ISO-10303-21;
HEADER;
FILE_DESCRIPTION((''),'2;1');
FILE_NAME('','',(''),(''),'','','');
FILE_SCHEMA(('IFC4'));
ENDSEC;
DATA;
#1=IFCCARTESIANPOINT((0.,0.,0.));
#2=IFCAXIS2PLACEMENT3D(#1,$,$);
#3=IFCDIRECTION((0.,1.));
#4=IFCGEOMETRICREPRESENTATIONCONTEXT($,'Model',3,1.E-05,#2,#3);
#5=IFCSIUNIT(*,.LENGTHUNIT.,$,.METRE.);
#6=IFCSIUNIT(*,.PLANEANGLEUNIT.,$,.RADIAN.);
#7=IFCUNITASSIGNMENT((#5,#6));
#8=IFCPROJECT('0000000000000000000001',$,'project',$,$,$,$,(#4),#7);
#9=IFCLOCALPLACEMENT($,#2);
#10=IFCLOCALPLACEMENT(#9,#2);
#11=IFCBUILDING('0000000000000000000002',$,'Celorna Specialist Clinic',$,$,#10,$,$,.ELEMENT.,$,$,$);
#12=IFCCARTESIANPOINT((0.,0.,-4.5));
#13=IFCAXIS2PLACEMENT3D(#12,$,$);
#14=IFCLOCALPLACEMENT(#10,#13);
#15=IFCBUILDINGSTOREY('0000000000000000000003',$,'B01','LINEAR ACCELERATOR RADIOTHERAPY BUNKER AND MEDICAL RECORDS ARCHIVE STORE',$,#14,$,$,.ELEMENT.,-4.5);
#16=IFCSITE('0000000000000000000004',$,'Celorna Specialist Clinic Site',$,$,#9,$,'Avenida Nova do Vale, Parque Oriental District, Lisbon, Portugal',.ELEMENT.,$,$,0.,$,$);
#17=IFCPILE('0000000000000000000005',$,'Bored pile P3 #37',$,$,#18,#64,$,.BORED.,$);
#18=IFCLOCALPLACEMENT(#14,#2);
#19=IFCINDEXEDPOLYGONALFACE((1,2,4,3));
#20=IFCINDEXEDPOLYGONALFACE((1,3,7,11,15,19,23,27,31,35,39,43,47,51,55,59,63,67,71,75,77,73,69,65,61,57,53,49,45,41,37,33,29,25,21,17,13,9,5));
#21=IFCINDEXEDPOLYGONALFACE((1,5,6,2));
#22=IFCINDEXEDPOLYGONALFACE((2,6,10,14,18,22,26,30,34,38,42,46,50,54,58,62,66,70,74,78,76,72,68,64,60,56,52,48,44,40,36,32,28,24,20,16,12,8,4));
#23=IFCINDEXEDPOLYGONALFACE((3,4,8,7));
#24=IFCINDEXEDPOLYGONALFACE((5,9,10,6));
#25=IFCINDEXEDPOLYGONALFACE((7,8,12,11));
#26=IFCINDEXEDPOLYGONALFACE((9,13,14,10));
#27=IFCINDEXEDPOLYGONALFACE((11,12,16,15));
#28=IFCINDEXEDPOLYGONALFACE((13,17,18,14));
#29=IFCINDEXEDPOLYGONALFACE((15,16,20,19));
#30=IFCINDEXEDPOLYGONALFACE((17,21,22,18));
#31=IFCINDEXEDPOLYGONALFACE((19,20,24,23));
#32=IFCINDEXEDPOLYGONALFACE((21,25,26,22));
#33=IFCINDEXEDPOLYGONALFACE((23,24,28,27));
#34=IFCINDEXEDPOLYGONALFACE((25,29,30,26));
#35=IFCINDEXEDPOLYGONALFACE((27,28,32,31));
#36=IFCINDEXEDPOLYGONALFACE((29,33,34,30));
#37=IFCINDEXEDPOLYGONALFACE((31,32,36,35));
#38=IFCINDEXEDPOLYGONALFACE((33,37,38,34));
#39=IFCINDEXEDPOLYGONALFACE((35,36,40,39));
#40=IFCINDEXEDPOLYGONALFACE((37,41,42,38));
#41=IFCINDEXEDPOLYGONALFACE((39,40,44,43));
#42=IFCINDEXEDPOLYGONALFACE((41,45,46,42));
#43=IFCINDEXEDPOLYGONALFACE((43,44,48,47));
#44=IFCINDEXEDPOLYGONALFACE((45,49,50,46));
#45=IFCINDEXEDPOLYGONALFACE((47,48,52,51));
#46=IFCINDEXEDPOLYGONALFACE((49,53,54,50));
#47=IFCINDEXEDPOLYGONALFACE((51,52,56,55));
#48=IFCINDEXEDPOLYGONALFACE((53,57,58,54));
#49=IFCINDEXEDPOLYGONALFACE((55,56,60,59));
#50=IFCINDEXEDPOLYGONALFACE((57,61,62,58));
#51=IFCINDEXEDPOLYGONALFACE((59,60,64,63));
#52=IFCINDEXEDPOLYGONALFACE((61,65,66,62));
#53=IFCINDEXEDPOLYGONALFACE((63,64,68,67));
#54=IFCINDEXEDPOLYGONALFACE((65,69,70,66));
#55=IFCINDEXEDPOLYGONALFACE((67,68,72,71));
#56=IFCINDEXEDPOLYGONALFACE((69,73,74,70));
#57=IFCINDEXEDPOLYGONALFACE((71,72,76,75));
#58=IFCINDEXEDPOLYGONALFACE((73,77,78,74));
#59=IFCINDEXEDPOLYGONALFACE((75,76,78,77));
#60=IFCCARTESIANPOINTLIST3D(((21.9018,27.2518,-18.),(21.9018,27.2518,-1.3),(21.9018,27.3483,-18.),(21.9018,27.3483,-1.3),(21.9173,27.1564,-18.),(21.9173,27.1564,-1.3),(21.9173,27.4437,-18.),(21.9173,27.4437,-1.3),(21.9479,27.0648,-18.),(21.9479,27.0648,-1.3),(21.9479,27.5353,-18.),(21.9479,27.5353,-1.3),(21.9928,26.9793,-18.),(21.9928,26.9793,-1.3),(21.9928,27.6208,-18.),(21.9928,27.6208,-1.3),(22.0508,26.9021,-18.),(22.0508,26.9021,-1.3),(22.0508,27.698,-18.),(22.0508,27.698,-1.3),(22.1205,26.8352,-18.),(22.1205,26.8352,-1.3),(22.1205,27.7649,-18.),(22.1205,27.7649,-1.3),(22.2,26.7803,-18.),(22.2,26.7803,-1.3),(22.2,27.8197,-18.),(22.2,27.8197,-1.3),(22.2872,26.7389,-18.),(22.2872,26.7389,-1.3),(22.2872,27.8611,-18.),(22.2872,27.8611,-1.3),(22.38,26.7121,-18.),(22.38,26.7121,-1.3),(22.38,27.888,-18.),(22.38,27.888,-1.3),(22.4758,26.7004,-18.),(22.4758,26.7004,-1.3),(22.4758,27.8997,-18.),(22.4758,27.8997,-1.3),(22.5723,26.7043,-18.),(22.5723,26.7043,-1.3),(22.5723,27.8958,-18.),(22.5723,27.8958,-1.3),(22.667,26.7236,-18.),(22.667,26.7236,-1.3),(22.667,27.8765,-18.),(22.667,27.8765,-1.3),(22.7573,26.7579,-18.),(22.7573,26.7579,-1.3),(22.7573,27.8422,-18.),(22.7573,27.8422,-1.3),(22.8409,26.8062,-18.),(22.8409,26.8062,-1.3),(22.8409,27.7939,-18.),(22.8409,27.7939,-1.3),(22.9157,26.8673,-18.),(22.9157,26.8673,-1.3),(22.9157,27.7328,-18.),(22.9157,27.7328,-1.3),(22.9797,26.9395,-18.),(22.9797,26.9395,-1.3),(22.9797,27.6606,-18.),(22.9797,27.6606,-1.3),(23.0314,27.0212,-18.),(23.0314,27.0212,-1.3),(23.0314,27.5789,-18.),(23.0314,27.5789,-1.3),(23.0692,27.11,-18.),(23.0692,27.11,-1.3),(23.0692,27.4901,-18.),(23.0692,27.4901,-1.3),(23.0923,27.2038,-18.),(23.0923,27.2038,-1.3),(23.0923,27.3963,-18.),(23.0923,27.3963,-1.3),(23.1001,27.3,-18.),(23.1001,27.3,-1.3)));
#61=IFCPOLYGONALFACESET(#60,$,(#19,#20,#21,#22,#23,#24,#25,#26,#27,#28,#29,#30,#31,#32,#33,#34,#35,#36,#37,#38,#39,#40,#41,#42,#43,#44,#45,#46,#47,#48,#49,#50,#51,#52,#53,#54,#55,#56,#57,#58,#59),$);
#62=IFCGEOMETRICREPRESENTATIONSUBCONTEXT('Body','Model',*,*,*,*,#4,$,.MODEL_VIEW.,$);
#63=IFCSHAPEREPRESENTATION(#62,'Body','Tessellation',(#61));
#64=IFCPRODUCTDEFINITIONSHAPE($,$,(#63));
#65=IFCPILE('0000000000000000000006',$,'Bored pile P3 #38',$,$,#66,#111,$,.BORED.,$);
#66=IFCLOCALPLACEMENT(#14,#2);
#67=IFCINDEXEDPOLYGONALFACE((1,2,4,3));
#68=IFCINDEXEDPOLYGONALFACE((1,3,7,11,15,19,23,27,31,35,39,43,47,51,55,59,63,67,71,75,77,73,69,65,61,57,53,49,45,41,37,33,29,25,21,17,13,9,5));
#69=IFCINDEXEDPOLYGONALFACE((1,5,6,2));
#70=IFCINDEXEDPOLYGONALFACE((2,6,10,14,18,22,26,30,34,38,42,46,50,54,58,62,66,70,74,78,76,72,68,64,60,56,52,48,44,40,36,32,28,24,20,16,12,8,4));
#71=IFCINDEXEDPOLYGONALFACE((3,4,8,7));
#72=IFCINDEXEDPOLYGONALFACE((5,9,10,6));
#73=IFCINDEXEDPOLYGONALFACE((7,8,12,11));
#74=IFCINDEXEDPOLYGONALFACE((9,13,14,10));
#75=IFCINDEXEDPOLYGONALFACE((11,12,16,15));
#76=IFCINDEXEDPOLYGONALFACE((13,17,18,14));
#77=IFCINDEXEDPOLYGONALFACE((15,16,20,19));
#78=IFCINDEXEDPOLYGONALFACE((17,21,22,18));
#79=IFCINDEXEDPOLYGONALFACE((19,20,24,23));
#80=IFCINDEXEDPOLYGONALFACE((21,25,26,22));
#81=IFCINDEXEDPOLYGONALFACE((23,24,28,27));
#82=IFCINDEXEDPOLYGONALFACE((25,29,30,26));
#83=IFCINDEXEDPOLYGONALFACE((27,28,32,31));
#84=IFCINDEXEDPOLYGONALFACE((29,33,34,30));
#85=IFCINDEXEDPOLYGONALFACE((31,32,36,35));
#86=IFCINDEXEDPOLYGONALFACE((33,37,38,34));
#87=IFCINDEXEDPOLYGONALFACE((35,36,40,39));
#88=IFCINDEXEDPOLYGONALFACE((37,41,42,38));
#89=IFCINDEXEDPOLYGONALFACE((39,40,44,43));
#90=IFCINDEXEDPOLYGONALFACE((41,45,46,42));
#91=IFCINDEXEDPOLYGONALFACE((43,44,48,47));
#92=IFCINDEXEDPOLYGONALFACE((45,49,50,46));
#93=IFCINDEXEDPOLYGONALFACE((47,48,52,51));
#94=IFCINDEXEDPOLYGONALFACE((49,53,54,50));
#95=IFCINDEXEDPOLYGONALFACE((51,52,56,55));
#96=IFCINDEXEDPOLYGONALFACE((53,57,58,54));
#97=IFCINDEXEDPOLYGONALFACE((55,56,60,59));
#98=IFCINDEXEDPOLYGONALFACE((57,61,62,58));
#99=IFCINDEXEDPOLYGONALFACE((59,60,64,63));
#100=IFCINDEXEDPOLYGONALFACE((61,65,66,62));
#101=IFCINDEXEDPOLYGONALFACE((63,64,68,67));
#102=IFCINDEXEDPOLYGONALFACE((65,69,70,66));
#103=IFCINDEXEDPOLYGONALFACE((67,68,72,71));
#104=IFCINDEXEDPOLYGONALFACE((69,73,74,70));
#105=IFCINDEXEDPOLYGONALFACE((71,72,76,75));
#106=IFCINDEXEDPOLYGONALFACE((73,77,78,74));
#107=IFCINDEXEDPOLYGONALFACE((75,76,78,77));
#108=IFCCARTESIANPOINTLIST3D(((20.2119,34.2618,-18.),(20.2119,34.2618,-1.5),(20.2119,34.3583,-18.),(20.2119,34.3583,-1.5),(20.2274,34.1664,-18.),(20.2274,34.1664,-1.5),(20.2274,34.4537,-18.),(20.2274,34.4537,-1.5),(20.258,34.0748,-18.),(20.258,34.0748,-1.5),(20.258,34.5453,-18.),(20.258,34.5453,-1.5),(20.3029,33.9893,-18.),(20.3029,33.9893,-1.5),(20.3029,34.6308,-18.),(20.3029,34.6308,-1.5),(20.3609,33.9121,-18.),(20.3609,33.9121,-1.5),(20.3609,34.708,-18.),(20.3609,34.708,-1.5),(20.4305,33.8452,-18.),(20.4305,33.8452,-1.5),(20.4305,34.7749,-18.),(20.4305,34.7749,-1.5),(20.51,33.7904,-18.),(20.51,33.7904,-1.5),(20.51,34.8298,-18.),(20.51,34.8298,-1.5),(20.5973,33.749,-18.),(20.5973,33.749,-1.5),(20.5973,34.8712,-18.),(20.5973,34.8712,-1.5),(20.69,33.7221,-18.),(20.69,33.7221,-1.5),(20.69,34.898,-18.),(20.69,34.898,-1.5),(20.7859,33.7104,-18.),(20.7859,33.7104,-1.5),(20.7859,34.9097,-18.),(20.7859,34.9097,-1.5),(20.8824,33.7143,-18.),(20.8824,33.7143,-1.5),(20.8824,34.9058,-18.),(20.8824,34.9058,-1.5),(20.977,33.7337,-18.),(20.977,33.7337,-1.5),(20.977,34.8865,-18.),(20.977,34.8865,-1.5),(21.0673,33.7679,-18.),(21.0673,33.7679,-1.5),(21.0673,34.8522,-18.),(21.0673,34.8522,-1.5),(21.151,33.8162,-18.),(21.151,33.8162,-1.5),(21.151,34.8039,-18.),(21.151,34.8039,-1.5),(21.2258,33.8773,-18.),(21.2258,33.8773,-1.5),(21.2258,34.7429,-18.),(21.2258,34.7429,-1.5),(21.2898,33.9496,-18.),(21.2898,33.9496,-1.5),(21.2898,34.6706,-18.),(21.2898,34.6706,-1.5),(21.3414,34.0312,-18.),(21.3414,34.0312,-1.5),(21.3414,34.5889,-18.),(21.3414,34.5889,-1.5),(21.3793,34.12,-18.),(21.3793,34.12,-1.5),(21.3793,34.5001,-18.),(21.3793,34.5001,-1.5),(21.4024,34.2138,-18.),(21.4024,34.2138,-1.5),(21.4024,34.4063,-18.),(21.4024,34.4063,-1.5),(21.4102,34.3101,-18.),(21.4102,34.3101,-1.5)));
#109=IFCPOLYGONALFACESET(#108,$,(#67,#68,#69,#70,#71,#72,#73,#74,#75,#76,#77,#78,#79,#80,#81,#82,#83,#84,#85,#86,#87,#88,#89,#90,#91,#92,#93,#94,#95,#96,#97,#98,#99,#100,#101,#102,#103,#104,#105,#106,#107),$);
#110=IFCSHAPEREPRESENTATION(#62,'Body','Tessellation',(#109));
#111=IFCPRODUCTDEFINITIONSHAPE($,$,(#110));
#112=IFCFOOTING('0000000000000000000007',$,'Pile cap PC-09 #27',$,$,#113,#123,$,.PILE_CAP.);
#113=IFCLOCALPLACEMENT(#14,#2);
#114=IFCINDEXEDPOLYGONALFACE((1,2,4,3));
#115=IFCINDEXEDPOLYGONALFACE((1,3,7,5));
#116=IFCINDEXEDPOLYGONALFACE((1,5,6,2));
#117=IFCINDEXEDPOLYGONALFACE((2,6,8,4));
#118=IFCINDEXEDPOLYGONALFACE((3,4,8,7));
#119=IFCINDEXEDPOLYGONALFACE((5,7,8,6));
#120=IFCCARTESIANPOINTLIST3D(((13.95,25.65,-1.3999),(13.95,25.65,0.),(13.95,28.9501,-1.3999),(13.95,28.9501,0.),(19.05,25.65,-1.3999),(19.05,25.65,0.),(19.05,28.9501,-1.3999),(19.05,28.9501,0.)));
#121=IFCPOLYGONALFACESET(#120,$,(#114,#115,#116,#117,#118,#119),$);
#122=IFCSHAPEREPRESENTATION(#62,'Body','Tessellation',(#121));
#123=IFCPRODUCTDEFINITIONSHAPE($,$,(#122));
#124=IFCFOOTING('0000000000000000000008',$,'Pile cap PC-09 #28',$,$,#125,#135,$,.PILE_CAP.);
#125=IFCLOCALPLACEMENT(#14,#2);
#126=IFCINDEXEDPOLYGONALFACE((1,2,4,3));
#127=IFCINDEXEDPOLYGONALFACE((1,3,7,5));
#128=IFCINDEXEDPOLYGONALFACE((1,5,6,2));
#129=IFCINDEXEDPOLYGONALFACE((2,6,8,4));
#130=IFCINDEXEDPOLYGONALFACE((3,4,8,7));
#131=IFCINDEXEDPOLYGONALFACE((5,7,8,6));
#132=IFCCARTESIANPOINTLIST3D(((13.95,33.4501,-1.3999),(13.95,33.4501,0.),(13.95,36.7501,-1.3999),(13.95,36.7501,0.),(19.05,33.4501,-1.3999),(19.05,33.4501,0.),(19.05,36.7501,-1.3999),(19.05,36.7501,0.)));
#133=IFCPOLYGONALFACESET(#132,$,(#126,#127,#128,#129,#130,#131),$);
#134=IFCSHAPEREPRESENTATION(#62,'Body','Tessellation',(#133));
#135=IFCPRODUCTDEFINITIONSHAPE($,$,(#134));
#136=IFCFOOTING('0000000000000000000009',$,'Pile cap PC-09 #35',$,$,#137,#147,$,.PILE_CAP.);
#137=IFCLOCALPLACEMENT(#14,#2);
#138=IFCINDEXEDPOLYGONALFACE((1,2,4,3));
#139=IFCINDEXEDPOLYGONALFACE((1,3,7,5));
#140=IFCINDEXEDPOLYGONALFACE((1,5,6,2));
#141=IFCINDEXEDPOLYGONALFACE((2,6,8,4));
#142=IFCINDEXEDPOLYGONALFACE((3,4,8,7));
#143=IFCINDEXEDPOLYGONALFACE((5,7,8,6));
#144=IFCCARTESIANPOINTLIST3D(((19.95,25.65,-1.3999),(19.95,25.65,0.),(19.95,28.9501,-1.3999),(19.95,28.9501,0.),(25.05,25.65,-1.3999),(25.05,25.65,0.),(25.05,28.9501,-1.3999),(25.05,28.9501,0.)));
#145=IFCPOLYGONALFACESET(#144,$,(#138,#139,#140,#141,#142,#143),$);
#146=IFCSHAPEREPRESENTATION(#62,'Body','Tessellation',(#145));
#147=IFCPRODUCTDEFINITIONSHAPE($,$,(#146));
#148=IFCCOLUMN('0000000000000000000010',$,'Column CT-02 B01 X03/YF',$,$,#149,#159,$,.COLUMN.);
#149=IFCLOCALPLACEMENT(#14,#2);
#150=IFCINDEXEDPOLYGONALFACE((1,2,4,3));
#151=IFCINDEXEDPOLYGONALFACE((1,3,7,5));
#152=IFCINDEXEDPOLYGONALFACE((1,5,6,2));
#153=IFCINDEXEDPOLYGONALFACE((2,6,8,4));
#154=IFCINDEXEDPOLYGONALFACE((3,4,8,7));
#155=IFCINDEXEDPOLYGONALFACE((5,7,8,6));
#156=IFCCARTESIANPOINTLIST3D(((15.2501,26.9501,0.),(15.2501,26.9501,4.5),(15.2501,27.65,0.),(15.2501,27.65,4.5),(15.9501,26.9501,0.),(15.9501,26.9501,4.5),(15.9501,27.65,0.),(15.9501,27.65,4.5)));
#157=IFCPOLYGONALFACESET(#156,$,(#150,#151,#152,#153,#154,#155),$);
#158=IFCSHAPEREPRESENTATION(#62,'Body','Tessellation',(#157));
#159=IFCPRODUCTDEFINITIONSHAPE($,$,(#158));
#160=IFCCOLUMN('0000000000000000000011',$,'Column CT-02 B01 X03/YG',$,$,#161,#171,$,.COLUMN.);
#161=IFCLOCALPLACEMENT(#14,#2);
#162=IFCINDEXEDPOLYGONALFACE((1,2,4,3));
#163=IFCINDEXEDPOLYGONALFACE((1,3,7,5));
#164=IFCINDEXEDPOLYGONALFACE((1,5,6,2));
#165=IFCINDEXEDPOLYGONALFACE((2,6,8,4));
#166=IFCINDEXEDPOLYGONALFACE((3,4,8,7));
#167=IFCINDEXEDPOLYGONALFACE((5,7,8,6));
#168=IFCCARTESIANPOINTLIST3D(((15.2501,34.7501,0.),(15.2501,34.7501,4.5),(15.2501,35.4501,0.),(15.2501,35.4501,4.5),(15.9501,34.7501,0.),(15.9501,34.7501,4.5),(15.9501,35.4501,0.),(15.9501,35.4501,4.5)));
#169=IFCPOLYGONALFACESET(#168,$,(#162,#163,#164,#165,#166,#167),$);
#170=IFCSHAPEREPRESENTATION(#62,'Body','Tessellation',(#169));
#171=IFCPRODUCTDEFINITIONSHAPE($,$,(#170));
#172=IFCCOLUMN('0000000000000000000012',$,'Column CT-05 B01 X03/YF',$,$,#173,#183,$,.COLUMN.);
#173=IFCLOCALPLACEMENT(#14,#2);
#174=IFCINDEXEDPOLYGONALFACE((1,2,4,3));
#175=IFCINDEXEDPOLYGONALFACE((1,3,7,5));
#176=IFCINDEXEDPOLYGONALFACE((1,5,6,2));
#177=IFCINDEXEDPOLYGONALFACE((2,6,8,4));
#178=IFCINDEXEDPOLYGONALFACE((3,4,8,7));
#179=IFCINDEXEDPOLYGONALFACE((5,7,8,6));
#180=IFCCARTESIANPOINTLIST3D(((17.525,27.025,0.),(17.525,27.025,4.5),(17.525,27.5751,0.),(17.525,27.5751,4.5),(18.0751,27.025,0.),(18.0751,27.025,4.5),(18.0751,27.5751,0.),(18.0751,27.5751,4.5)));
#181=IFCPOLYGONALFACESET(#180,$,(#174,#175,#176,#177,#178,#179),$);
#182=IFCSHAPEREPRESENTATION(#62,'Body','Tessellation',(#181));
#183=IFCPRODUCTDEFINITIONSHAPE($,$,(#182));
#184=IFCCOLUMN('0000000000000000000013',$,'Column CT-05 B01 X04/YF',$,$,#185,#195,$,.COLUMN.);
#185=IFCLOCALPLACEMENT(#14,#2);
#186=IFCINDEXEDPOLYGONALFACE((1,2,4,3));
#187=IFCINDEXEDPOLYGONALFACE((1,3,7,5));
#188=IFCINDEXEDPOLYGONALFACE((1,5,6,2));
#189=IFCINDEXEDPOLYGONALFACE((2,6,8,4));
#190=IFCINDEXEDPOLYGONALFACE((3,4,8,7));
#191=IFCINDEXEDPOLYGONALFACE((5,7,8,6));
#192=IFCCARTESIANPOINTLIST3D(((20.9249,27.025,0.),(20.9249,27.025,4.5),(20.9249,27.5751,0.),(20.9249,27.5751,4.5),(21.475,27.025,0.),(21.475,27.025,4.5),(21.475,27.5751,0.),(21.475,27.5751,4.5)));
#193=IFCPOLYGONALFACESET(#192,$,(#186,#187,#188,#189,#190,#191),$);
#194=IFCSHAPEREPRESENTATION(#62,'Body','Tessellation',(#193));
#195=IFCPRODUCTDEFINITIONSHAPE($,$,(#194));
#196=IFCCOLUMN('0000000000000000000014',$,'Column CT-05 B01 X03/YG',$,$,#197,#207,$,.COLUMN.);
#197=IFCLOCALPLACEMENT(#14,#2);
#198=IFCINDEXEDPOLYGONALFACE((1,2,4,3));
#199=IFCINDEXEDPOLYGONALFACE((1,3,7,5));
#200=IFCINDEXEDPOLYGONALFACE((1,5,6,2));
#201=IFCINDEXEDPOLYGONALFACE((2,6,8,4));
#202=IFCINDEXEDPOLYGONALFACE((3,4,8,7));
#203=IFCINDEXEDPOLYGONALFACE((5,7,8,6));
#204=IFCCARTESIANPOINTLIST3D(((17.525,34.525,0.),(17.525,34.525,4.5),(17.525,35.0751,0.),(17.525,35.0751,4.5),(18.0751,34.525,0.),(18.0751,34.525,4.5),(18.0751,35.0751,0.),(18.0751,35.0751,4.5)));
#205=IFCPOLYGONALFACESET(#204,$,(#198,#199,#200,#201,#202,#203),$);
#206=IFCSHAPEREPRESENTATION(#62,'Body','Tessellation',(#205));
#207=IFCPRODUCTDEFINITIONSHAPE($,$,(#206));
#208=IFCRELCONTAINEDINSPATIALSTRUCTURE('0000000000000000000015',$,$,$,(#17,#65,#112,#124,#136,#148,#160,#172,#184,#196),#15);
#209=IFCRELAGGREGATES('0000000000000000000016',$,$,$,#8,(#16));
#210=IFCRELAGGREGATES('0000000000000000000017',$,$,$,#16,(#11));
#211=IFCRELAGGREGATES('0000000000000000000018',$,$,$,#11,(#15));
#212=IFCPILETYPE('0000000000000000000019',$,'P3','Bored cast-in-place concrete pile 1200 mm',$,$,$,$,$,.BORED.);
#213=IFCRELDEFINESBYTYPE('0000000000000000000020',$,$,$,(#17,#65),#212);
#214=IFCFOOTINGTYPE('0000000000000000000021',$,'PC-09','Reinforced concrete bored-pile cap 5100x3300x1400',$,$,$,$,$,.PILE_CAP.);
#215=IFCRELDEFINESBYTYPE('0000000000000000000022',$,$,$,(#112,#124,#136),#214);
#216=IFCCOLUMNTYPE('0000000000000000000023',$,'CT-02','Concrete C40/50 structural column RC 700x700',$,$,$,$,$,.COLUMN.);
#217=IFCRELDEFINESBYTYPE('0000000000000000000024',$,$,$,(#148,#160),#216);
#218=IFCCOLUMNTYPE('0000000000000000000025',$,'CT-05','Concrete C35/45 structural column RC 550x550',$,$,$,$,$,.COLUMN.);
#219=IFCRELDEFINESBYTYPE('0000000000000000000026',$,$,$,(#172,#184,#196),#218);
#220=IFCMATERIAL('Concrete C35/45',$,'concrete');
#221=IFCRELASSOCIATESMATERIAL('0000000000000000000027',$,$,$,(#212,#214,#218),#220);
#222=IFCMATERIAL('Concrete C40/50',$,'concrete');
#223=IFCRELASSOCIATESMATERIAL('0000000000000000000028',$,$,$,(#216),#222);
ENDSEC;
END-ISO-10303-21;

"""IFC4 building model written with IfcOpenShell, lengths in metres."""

from ifc_helpers import new_model, si_unit, direction, frame, origin, origin_2d, place, context, subcontext, project, spatial, rectangle, circle, extrude, material, material_profile, profile_set, type_object, element, save


model = new_model("IFC4")

# Units and contexts
model_context = context("Model", 3, precision=1e-05, world=origin(), true_north=direction((0.0, 1.0)))
body_context = subcontext(model_context, "Body", "Model", "MODEL_VIEW")
ifc_project = project(units=[si_unit("LENGTHUNIT", "METRE"), si_unit("PLANEANGLEUNIT", "RADIAN")], contexts=[model_context])

# Site, building, storey
site_placement = place(None, origin())
site = spatial("IfcSite", under=ifc_project, at=site_placement, Name="Celorna Specialist Clinic Site", LongName="Avenida Nova do Vale, Parque Oriental District, Lisbon, Portugal", CompositionType="ELEMENT", RefElevation=0.0)
building_placement = place(site_placement, origin())
building = spatial("IfcBuilding", under=site, at=building_placement, Name="Celorna Specialist Clinic", CompositionType="ELEMENT")
storey_placement = place(building_placement, frame((0.0, 0.0, -4.5)))
storey = spatial("IfcBuildingStorey", under=building, at=storey_placement, Name="B01", Description="LINEAR ACCELERATOR RADIOTHERAPY BUNKER AND MEDICAL RECORDS ARCHIVE STORE", CompositionType="ELEMENT", Elevation=-4.5)

# Shared definitions
ifc_material_1 = material(Name="Concrete C35/45", Category="concrete")

# Piles
ifc_material_profile_1 = material_profile(ifc_material_1, circle(Radius=0.6001, at=origin_2d()), Name="BORED PILE 1200")
ifc_profile_set_1 = profile_set([ifc_material_profile_1], Name="Concrete C35/45")
pile_type_1 = type_object("IfcPileType", Name="P3", Description="Bored cast-in-place concrete pile 1200 mm", PredefinedType="BORED", material=ifc_profile_set_1)
for number, where, z_axis, x_axis, name in (
    (1, (22.5, 27.3, -1.3), (0.0, 0.0, -1.0), (1.0, 0.0, 0.0), "Bored pile P3 #37"),
):
    element("IfcPile", number, at=place(storey_placement, frame(where, z_axis=z_axis, x_axis=x_axis)), inside=storey, type_object=pile_type_1, Name=name, PredefinedType="BORED", context=body_context, shape_type="SweptSolid", body=[
        extrude(circle(Radius=0.6001, at=origin_2d()), origin(), (0.0, 0.0, 1.0), 16.7),
    ])
pile_1_placement = place(storey_placement, frame((20.8101, 34.3101, -1.5), z_axis=(0.0, 0.0, -1.0), x_axis=(1.0, 0.0, 0.0)))
element("IfcPile", 2, at=pile_1_placement, inside=storey, type_object=pile_type_1, Name="Bored pile P3 #38", PredefinedType="BORED", context=body_context, shape_type="SweptSolid", body=[
    extrude(circle(Radius=0.6001, at=origin_2d()), origin(), (0.0, 0.0, 1.0), 16.5),
])

# Footings
footing_type_1 = type_object("IfcFootingType", Name="PC-09", Description="Reinforced concrete bored-pile cap 5100x3300x1400", PredefinedType="PILE_CAP", material=ifc_material_1)
for number, where, z_axis, x_axis, name in (
    (3, (16.5, 27.3, -1.3999), (0.0, 0.0, 1.0), (1.0, 0.0, 0.0), "Pile cap PC-09 #27"),
    (4, (16.5, 35.1001, -1.3999), (0.0, 0.0, 1.0), (1.0, 0.0, 0.0), "Pile cap PC-09 #28"),
    (5, (22.5, 27.3, -1.3999), (0.0, 0.0, 1.0), (1.0, 0.0, 0.0), "Pile cap PC-09 #35"),
):
    element("IfcFooting", number, at=place(storey_placement, frame(where, z_axis=z_axis, x_axis=x_axis)), inside=storey, type_object=footing_type_1, Name=name, PredefinedType="PILE_CAP", context=body_context, shape_type="SweptSolid", body=[
        extrude(rectangle(XDim=5.1001, YDim=3.3, at=origin_2d()), origin(), (0.0, 0.0, 1.0), 1.3999),
    ])

# Columns
ifc_material_2 = material(Name="Concrete C40/50", Category="concrete")
ifc_material_profile_2 = material_profile(ifc_material_2, rectangle(XDim=0.7, YDim=0.7, at=origin_2d()), Name="RC 700x700")
ifc_profile_set_2 = profile_set([ifc_material_profile_2], Name="Concrete C40/50")
column_type_1 = type_object("IfcColumnType", Name="CT-02", Description="Concrete C40/50 structural column RC 700x700", PredefinedType="COLUMN", material=ifc_profile_set_2)
for number, where, z_axis, x_axis, name in (
    (6, (15.6001, 27.3, 0.0), (0.0, 0.0, 1.0), (1.0, 0.0, 0.0), "Column CT-02 B01 X03/YF"),
    (7, (15.6001, 35.1001, 0.0), (0.0, 0.0, 1.0), (1.0, 0.0, 0.0), "Column CT-02 B01 X03/YG"),
):
    element("IfcColumn", number, at=place(storey_placement, frame(where, z_axis=z_axis, x_axis=x_axis)), inside=storey, type_object=column_type_1, Name=name, PredefinedType="COLUMN", context=body_context, shape_type="SweptSolid", body=[
        extrude(rectangle(XDim=0.7, YDim=0.7, at=origin_2d()), origin(), (0.0, 0.0, 1.0), 4.5),
    ])
ifc_material_profile_3 = material_profile(ifc_material_1, rectangle(XDim=0.55, YDim=0.55, at=origin_2d()), Name="RC 550x550")
ifc_profile_set_3 = profile_set([ifc_material_profile_3], Name="Concrete C35/45")
column_type_2 = type_object("IfcColumnType", Name="CT-05", Description="Concrete C35/45 structural column RC 550x550", PredefinedType="COLUMN", material=ifc_profile_set_3)
for number, where, z_axis, x_axis, name in (
    (8, (17.8, 27.3, 0.0), (0.0, 0.0, 1.0), (1.0, 0.0, 0.0), "Column CT-05 B01 X03/YF"),
    (9, (21.2, 27.3, 0.0), (0.0, 0.0, 1.0), (1.0, 0.0, 0.0), "Column CT-05 B01 X04/YF"),
    (10, (17.8, 34.8, 0.0), (0.0, 0.0, 1.0), (1.0, 0.0, 0.0), "Column CT-05 B01 X03/YG"),
):
    element("IfcColumn", number, at=place(storey_placement, frame(where, z_axis=z_axis, x_axis=x_axis)), inside=storey, type_object=column_type_2, Name=name, PredefinedType="COLUMN", context=body_context, shape_type="SweptSolid", body=[
        extrude(rectangle(XDim=0.55, YDim=0.55, at=origin_2d()), origin(), (0.0, 0.0, 1.0), 4.5),
    ])

save(model, "model.ifc")
